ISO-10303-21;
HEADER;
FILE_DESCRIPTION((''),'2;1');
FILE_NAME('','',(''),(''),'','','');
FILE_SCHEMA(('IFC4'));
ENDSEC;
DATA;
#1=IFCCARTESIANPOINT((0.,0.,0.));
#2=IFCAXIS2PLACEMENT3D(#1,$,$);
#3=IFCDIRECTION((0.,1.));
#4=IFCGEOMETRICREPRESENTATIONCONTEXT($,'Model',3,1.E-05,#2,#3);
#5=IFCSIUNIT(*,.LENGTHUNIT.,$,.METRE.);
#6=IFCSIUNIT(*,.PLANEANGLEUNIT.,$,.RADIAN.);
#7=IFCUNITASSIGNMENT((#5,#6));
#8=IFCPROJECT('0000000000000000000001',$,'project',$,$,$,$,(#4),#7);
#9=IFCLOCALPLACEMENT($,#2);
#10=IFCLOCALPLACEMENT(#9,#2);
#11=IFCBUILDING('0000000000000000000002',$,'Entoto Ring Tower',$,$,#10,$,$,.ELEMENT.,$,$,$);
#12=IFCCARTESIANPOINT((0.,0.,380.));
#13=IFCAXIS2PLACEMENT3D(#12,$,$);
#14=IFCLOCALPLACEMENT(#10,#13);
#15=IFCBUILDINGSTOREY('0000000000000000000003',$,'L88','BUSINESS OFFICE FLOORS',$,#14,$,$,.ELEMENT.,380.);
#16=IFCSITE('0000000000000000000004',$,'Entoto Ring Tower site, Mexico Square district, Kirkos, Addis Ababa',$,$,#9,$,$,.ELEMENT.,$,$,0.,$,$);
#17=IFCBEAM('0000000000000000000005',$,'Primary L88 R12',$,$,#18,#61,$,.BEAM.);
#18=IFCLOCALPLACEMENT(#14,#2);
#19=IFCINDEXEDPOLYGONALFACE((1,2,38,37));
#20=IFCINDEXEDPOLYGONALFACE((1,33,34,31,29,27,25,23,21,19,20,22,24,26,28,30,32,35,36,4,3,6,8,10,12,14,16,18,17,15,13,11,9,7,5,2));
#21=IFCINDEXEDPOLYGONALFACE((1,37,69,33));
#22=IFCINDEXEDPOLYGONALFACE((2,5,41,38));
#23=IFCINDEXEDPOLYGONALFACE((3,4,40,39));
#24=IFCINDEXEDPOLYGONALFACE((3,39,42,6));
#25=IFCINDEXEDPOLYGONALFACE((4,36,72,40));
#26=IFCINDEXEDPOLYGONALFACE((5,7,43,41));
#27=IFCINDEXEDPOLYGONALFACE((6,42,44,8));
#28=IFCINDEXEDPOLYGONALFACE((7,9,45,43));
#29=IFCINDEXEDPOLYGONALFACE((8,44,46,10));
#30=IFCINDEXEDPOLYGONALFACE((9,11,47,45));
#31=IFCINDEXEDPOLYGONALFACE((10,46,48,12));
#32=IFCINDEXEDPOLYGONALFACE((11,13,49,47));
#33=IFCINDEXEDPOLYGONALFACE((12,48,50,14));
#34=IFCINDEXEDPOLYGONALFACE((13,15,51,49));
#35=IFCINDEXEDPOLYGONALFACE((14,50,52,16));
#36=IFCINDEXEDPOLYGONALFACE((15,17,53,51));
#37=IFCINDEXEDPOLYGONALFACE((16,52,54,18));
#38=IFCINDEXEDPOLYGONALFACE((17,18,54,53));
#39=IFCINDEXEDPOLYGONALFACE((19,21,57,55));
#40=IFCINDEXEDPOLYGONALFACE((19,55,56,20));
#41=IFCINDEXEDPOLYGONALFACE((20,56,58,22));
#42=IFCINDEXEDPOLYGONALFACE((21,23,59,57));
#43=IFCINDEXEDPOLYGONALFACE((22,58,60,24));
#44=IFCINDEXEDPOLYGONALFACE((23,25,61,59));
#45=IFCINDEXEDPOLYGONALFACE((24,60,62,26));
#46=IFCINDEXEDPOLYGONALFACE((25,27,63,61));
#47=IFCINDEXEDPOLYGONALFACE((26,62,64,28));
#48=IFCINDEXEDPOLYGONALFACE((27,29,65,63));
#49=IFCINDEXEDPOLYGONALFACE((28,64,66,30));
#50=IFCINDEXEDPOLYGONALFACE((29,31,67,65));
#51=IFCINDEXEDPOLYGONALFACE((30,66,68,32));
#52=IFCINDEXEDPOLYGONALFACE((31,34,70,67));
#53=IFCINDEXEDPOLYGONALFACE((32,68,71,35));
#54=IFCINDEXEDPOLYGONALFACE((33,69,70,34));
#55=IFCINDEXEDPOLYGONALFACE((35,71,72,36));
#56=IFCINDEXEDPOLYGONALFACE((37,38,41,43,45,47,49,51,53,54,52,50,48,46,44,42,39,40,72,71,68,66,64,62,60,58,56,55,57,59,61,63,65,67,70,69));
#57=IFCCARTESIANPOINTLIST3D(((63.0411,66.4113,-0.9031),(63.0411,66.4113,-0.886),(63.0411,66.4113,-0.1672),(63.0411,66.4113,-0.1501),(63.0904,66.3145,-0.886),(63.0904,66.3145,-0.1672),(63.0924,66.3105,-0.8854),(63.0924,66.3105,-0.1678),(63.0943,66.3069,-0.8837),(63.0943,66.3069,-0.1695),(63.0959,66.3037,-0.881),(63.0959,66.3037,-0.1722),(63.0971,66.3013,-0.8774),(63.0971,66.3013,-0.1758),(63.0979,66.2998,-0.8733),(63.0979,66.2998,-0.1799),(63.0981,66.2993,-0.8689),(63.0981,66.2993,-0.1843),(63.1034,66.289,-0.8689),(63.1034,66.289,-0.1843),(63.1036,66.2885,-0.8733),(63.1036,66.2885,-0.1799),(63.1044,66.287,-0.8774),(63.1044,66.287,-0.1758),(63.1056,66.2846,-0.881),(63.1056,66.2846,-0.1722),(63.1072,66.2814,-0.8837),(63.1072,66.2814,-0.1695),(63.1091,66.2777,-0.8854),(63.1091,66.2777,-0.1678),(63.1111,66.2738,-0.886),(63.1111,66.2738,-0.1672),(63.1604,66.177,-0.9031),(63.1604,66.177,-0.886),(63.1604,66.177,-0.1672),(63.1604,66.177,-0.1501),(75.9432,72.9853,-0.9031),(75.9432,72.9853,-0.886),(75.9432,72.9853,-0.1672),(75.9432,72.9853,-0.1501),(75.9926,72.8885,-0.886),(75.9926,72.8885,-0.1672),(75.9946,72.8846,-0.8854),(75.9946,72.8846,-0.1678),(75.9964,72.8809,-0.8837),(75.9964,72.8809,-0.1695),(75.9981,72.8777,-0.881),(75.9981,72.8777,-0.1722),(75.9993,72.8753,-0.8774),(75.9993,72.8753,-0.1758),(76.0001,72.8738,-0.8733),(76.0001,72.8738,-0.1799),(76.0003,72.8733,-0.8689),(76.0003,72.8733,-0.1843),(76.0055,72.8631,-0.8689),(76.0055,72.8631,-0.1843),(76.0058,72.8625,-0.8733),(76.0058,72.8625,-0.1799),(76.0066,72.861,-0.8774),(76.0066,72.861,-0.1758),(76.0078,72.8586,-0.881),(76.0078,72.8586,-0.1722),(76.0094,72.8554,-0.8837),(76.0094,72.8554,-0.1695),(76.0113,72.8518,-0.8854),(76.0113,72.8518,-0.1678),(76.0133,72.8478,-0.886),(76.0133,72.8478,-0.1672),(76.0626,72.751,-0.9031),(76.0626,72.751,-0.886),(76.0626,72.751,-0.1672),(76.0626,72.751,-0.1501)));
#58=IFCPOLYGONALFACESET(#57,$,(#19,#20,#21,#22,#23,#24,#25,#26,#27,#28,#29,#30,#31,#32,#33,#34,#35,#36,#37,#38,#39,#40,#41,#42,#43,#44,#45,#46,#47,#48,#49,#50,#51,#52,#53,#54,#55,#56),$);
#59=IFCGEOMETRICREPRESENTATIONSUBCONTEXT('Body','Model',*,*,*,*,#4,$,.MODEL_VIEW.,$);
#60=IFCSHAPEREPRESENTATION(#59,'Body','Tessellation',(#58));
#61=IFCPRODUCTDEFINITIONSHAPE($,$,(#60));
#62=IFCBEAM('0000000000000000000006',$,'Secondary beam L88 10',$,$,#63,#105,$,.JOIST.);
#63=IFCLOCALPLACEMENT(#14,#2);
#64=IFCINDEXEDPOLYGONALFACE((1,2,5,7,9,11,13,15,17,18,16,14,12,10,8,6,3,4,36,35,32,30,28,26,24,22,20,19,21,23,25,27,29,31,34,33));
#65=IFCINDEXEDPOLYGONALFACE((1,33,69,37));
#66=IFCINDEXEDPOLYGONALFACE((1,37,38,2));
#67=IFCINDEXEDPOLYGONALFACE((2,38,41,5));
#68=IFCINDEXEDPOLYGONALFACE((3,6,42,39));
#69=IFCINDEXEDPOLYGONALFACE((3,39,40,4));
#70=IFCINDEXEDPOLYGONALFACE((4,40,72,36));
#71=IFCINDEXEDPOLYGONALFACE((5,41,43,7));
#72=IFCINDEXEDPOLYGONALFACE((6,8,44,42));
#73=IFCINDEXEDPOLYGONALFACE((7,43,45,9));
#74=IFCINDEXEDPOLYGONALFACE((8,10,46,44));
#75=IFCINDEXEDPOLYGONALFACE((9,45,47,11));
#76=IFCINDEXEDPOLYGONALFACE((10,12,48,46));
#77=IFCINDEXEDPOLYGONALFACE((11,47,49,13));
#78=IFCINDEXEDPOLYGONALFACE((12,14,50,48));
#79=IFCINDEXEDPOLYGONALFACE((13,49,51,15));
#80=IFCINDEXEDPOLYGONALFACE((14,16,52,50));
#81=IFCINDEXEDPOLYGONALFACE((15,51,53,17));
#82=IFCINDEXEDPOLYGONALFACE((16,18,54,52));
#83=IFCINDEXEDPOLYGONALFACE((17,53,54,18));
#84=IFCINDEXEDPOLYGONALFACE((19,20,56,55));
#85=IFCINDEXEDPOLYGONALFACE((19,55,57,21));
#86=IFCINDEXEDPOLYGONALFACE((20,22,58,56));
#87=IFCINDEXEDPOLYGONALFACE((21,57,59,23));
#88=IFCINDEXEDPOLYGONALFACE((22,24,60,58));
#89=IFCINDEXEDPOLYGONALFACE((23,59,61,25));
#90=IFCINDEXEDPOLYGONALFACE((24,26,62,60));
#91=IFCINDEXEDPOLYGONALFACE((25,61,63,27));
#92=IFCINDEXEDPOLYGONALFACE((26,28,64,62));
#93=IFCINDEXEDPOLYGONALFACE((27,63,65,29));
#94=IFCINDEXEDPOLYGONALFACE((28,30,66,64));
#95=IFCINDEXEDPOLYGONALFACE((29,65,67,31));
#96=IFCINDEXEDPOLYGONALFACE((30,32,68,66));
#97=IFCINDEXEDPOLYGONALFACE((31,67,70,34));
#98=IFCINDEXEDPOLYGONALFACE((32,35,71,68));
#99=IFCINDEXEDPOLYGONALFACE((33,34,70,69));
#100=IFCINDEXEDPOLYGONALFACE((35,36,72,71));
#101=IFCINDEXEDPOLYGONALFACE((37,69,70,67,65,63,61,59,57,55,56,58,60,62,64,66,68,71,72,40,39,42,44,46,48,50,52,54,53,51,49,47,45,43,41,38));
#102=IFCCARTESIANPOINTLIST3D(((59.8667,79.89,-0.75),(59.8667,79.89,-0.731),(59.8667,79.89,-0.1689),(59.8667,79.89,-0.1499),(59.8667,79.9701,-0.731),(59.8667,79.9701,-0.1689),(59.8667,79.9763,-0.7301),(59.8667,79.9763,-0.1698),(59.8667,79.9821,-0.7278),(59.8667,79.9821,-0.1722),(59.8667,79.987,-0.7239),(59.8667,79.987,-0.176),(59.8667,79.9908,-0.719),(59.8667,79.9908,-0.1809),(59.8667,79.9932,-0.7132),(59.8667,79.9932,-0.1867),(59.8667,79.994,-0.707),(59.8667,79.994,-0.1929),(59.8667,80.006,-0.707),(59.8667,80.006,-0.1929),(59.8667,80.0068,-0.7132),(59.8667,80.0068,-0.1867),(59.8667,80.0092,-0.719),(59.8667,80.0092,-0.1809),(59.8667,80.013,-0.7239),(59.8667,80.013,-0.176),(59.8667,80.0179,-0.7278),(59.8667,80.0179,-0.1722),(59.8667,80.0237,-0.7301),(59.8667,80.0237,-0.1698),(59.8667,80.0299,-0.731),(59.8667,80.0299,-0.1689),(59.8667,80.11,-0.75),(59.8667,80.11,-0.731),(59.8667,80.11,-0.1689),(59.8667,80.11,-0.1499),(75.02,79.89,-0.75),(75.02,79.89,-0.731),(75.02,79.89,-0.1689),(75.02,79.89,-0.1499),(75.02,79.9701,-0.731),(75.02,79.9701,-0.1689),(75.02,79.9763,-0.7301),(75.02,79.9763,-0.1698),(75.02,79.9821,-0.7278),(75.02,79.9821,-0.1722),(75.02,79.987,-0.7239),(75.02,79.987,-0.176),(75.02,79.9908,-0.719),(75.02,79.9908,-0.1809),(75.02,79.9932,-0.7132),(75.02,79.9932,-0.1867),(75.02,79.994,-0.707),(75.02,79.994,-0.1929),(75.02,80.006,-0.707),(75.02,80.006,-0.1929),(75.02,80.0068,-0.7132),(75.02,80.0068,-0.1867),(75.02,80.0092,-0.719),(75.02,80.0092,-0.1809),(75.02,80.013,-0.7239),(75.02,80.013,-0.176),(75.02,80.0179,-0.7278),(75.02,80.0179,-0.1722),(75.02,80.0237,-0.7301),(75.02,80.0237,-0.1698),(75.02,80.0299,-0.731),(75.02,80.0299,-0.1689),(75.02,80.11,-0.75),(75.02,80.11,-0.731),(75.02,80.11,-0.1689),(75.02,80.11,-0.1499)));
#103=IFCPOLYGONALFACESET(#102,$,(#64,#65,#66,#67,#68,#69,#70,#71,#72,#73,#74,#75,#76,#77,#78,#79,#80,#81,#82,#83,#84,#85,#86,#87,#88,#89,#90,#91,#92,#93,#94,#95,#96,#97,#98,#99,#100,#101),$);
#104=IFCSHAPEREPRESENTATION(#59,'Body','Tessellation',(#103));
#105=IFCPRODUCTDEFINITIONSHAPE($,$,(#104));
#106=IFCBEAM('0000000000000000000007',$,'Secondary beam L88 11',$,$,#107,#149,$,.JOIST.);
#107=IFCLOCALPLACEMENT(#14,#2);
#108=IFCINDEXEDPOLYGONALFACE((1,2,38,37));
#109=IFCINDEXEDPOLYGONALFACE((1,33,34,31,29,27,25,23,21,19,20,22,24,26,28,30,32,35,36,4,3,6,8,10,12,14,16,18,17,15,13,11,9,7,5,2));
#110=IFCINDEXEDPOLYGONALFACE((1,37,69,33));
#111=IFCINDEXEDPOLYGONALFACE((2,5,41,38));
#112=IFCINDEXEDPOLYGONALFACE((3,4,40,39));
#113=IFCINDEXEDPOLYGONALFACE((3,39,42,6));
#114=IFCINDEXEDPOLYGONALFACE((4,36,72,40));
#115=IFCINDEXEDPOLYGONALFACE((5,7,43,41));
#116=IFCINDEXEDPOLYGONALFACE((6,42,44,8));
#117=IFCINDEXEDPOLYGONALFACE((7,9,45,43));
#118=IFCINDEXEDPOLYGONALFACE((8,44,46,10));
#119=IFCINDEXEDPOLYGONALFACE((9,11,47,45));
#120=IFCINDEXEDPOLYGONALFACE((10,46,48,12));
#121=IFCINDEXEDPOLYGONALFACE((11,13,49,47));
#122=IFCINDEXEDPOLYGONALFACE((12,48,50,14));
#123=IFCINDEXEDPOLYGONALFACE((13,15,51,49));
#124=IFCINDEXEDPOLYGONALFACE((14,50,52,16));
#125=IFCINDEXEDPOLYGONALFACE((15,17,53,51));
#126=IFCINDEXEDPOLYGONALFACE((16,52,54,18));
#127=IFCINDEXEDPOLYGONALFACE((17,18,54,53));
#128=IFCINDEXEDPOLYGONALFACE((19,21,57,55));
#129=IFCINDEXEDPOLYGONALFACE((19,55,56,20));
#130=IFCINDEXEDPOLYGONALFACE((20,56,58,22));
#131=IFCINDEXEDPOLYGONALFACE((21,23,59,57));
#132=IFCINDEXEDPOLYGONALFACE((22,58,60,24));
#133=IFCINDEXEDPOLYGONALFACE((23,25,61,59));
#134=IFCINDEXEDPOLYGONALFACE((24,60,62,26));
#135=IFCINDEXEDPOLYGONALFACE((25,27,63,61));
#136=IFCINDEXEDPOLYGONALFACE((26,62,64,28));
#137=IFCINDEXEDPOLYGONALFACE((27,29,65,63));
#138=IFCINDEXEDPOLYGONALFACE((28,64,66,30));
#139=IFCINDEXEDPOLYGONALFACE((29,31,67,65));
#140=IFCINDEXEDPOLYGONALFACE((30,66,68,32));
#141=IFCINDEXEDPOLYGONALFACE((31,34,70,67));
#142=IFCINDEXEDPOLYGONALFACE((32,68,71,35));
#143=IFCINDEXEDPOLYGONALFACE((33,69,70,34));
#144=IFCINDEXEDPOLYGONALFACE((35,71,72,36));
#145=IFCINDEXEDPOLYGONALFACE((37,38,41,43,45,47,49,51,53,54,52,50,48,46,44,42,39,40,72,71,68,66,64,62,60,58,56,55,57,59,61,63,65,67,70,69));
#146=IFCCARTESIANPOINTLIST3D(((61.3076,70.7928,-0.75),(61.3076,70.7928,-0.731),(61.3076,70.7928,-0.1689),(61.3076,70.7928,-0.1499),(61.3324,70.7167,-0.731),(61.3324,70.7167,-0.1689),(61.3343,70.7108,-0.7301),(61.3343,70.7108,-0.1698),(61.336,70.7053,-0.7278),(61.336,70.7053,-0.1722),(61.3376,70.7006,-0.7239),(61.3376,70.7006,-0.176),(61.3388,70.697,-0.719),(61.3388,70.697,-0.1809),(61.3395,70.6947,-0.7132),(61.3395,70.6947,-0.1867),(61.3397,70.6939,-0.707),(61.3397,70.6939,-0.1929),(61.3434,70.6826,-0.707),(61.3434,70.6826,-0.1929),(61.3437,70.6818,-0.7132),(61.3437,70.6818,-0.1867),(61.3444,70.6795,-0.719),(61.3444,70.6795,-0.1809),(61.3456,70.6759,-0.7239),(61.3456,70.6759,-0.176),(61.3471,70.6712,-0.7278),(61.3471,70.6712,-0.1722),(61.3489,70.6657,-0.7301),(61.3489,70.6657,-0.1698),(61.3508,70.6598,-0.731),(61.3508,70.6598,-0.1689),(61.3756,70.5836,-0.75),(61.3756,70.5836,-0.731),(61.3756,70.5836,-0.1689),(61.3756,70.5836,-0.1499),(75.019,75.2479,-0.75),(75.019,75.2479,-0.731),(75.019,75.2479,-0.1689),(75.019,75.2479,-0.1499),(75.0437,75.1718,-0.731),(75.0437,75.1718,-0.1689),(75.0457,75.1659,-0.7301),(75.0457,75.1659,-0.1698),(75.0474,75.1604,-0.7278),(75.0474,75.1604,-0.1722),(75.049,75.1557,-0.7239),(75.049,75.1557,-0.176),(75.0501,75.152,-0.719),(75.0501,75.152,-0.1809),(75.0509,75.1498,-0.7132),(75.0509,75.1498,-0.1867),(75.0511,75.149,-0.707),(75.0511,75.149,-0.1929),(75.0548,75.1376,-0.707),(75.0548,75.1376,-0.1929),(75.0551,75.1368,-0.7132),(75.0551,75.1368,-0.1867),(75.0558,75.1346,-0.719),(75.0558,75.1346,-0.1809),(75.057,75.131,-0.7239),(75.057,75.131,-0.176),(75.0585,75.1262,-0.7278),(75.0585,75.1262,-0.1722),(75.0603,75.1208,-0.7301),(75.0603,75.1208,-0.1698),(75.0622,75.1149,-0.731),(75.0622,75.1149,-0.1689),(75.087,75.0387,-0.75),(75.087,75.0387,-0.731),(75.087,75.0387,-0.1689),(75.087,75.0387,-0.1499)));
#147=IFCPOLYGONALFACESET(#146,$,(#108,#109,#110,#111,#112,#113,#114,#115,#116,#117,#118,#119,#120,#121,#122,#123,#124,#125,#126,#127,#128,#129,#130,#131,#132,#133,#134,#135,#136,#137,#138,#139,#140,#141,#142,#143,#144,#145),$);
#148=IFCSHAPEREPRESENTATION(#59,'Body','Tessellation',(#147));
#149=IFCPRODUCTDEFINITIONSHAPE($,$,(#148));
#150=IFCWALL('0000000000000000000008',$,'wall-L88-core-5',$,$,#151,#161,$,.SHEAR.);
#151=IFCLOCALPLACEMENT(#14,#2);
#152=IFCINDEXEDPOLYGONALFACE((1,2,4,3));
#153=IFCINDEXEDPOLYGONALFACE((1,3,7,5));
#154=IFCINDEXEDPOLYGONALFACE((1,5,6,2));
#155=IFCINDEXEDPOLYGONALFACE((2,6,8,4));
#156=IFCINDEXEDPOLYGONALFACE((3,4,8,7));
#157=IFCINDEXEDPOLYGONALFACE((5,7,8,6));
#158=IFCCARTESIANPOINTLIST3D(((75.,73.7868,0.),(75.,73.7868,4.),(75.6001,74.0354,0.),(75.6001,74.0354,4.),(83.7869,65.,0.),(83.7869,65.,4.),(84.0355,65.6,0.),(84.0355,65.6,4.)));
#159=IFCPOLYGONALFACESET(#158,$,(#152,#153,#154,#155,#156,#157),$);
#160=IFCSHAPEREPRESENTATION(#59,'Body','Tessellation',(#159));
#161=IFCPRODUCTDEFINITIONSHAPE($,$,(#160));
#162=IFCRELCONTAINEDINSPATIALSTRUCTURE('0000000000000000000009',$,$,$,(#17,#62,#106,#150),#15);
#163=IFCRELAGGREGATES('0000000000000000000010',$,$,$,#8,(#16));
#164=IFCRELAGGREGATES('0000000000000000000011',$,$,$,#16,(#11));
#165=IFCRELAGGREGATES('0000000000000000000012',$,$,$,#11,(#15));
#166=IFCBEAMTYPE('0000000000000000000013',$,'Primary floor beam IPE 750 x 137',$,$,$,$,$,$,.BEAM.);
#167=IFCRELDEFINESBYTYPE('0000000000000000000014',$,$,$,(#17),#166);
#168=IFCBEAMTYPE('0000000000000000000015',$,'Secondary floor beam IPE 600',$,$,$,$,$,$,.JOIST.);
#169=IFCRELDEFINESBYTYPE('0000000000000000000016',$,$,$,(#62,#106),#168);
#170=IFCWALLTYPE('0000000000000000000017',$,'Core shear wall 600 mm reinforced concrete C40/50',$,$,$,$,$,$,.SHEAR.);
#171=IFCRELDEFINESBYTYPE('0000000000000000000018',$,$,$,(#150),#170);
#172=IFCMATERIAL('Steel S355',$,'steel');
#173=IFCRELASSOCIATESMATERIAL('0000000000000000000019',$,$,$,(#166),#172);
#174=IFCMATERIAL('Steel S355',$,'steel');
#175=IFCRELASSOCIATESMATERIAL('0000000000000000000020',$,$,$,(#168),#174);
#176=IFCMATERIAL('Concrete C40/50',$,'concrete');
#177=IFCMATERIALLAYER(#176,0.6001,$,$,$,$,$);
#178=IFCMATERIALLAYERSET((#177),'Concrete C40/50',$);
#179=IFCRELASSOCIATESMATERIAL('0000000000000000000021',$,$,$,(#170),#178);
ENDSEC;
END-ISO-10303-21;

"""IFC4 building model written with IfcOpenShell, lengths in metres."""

from ifc_helpers import new_model, si_unit, direction, frame, origin, origin_2d, place, context, subcontext, project, spatial, polyline, i_section, outline, extrude, material, layer, layer_set, material_profile, profile_set, type_object, element, save


model = new_model("IFC4")

# Units and contexts
model_context = context("Model", 3, precision=1e-05, world=origin(), true_north=direction((0.0, 1.0)))
body_context = subcontext(model_context, "Body", "Model", "MODEL_VIEW")
ifc_project = project(units=[si_unit("LENGTHUNIT", "METRE"), si_unit("PLANEANGLEUNIT", "RADIAN")], contexts=[model_context])

# Site, building, storey
site_placement = place(None, origin())
site = spatial("IfcSite", under=ifc_project, at=site_placement, Name="Entoto Ring Tower site, Mexico Square district, Kirkos, Addis Ababa", CompositionType="ELEMENT", RefElevation=0.0)
building_placement = place(site_placement, origin())
building = spatial("IfcBuilding", under=site, at=building_placement, Name="Entoto Ring Tower", CompositionType="ELEMENT")
storey_placement = place(building_placement, frame((0.0, 0.0, 380.0)))
storey = spatial("IfcBuildingStorey", under=building, at=storey_placement, Name="L88", Description="BUSINESS OFFICE FLOORS", CompositionType="ELEMENT", Elevation=380.0)

# Beams
ifc_material_1 = material(Name="Steel S355", Category="steel")
ifc_material_profile_1 = material_profile(ifc_material_1, i_section(OverallWidth=0.2629, OverallDepth=0.7529, WebThickness=0.0115, FlangeThickness=0.0171, FilletRadius=0.0171, at=origin_2d()), Name="IPE 750 x 137")
ifc_profile_set_1 = profile_set([ifc_material_profile_1], Name="Steel S355")
beam_type_1 = type_object("IfcBeamType", Name="Primary floor beam IPE 750 x 137", PredefinedType="BEAM", material=ifc_profile_set_1)
beam_1_placement = place(storey_placement, frame((76.0029, 72.8682, -0.5266), z_axis=(-0.891006, -0.453992, 0.0), x_axis=(0.453992, -0.891006, 0.0)))
element("IfcBeam", 1, at=beam_1_placement, inside=storey, type_object=beam_type_1, Name="Primary L88 R12", PredefinedType="BEAM", context=body_context, shape_type="SweptSolid", body=[
    extrude(i_section(OverallWidth=0.2629, OverallDepth=0.7529, WebThickness=0.0115, FlangeThickness=0.0171, FilletRadius=0.0171, at=origin_2d()), origin(), (0.0, 0.0, 1.0), 14.4805),
])
ifc_material_2 = material(Name="Steel S355", Category="steel")
ifc_material_profile_2 = material_profile(ifc_material_2, i_section(OverallWidth=0.22, OverallDepth=0.6001, WebThickness=0.012, FlangeThickness=0.019, FilletRadius=0.0239, at=origin_2d()), Name="IPE 600")
ifc_profile_set_2 = profile_set([ifc_material_profile_2], Name="Steel S355")
beam_type_2 = type_object("IfcBeamType", Name="Secondary floor beam IPE 600", PredefinedType="JOIST", material=ifc_profile_set_2)
beam_2_placement = place(storey_placement, frame((75.02, 80.0, -0.45), z_axis=(-1.0, 0.0, 0.0), x_axis=(0.0, -1.0, 0.0)))
element("IfcBeam", 2, at=beam_2_placement, inside=storey, type_object=beam_type_2, Name="Secondary beam L88 10", PredefinedType="JOIST", context=body_context, shape_type="SweptSolid", body=[
    extrude(i_section(OverallWidth=0.22, OverallDepth=0.6001, WebThickness=0.012, FlangeThickness=0.019, FilletRadius=0.0239, at=origin_2d()), origin(), (0.0, 0.0, 1.0), 15.1533),
])
beam_3_placement = place(storey_placement, frame((75.053, 75.1433, -0.45), z_axis=(-0.951057, -0.309015, 0.0), x_axis=(0.309015, -0.951057, 0.0)))
element("IfcBeam", 3, at=beam_3_placement, inside=storey, type_object=beam_type_2, Name="Secondary beam L88 11", PredefinedType="JOIST", context=body_context, shape_type="SweptSolid", body=[
    extrude(i_section(OverallWidth=0.22, OverallDepth=0.6001, WebThickness=0.012, FlangeThickness=0.019, FilletRadius=0.0239, at=origin_2d()), origin(), (0.0, 0.0, 1.0), 14.417),
])

# Wall
ifc_material_3 = material(Name="Concrete C40/50", Category="concrete")
ifc_layer_1 = layer(ifc_material_3, 0.6001)
ifc_layer_set_1 = layer_set([ifc_layer_1], Name="Concrete C40/50")
wall_type_1 = type_object("IfcWallType", Name="Core shear wall 600 mm reinforced concrete C40/50", PredefinedType="SHEAR", material=ifc_layer_set_1)
wall_1_placement = place(storey_placement, frame((75.3, 73.9111, 0.0), z_axis=(0.0, 0.0, 1.0), x_axis=(0.707107, -0.707107, 0.0)))
element("IfcWall", 4, at=wall_1_placement, inside=storey, type_object=wall_type_1, Name="wall-L88-core-5", PredefinedType="SHEAR", context=body_context, shape_type="SweptSolid", body=[
    extrude(outline(polyline([(-0.1243, -0.3), (12.3022, -0.3), (12.0537, 0.3), (0.1243, 0.3), (-0.1243, -0.3)])), origin(), (0.0, 0.0, 1.0), 4.0),
])

save(model, "model.ifc")
